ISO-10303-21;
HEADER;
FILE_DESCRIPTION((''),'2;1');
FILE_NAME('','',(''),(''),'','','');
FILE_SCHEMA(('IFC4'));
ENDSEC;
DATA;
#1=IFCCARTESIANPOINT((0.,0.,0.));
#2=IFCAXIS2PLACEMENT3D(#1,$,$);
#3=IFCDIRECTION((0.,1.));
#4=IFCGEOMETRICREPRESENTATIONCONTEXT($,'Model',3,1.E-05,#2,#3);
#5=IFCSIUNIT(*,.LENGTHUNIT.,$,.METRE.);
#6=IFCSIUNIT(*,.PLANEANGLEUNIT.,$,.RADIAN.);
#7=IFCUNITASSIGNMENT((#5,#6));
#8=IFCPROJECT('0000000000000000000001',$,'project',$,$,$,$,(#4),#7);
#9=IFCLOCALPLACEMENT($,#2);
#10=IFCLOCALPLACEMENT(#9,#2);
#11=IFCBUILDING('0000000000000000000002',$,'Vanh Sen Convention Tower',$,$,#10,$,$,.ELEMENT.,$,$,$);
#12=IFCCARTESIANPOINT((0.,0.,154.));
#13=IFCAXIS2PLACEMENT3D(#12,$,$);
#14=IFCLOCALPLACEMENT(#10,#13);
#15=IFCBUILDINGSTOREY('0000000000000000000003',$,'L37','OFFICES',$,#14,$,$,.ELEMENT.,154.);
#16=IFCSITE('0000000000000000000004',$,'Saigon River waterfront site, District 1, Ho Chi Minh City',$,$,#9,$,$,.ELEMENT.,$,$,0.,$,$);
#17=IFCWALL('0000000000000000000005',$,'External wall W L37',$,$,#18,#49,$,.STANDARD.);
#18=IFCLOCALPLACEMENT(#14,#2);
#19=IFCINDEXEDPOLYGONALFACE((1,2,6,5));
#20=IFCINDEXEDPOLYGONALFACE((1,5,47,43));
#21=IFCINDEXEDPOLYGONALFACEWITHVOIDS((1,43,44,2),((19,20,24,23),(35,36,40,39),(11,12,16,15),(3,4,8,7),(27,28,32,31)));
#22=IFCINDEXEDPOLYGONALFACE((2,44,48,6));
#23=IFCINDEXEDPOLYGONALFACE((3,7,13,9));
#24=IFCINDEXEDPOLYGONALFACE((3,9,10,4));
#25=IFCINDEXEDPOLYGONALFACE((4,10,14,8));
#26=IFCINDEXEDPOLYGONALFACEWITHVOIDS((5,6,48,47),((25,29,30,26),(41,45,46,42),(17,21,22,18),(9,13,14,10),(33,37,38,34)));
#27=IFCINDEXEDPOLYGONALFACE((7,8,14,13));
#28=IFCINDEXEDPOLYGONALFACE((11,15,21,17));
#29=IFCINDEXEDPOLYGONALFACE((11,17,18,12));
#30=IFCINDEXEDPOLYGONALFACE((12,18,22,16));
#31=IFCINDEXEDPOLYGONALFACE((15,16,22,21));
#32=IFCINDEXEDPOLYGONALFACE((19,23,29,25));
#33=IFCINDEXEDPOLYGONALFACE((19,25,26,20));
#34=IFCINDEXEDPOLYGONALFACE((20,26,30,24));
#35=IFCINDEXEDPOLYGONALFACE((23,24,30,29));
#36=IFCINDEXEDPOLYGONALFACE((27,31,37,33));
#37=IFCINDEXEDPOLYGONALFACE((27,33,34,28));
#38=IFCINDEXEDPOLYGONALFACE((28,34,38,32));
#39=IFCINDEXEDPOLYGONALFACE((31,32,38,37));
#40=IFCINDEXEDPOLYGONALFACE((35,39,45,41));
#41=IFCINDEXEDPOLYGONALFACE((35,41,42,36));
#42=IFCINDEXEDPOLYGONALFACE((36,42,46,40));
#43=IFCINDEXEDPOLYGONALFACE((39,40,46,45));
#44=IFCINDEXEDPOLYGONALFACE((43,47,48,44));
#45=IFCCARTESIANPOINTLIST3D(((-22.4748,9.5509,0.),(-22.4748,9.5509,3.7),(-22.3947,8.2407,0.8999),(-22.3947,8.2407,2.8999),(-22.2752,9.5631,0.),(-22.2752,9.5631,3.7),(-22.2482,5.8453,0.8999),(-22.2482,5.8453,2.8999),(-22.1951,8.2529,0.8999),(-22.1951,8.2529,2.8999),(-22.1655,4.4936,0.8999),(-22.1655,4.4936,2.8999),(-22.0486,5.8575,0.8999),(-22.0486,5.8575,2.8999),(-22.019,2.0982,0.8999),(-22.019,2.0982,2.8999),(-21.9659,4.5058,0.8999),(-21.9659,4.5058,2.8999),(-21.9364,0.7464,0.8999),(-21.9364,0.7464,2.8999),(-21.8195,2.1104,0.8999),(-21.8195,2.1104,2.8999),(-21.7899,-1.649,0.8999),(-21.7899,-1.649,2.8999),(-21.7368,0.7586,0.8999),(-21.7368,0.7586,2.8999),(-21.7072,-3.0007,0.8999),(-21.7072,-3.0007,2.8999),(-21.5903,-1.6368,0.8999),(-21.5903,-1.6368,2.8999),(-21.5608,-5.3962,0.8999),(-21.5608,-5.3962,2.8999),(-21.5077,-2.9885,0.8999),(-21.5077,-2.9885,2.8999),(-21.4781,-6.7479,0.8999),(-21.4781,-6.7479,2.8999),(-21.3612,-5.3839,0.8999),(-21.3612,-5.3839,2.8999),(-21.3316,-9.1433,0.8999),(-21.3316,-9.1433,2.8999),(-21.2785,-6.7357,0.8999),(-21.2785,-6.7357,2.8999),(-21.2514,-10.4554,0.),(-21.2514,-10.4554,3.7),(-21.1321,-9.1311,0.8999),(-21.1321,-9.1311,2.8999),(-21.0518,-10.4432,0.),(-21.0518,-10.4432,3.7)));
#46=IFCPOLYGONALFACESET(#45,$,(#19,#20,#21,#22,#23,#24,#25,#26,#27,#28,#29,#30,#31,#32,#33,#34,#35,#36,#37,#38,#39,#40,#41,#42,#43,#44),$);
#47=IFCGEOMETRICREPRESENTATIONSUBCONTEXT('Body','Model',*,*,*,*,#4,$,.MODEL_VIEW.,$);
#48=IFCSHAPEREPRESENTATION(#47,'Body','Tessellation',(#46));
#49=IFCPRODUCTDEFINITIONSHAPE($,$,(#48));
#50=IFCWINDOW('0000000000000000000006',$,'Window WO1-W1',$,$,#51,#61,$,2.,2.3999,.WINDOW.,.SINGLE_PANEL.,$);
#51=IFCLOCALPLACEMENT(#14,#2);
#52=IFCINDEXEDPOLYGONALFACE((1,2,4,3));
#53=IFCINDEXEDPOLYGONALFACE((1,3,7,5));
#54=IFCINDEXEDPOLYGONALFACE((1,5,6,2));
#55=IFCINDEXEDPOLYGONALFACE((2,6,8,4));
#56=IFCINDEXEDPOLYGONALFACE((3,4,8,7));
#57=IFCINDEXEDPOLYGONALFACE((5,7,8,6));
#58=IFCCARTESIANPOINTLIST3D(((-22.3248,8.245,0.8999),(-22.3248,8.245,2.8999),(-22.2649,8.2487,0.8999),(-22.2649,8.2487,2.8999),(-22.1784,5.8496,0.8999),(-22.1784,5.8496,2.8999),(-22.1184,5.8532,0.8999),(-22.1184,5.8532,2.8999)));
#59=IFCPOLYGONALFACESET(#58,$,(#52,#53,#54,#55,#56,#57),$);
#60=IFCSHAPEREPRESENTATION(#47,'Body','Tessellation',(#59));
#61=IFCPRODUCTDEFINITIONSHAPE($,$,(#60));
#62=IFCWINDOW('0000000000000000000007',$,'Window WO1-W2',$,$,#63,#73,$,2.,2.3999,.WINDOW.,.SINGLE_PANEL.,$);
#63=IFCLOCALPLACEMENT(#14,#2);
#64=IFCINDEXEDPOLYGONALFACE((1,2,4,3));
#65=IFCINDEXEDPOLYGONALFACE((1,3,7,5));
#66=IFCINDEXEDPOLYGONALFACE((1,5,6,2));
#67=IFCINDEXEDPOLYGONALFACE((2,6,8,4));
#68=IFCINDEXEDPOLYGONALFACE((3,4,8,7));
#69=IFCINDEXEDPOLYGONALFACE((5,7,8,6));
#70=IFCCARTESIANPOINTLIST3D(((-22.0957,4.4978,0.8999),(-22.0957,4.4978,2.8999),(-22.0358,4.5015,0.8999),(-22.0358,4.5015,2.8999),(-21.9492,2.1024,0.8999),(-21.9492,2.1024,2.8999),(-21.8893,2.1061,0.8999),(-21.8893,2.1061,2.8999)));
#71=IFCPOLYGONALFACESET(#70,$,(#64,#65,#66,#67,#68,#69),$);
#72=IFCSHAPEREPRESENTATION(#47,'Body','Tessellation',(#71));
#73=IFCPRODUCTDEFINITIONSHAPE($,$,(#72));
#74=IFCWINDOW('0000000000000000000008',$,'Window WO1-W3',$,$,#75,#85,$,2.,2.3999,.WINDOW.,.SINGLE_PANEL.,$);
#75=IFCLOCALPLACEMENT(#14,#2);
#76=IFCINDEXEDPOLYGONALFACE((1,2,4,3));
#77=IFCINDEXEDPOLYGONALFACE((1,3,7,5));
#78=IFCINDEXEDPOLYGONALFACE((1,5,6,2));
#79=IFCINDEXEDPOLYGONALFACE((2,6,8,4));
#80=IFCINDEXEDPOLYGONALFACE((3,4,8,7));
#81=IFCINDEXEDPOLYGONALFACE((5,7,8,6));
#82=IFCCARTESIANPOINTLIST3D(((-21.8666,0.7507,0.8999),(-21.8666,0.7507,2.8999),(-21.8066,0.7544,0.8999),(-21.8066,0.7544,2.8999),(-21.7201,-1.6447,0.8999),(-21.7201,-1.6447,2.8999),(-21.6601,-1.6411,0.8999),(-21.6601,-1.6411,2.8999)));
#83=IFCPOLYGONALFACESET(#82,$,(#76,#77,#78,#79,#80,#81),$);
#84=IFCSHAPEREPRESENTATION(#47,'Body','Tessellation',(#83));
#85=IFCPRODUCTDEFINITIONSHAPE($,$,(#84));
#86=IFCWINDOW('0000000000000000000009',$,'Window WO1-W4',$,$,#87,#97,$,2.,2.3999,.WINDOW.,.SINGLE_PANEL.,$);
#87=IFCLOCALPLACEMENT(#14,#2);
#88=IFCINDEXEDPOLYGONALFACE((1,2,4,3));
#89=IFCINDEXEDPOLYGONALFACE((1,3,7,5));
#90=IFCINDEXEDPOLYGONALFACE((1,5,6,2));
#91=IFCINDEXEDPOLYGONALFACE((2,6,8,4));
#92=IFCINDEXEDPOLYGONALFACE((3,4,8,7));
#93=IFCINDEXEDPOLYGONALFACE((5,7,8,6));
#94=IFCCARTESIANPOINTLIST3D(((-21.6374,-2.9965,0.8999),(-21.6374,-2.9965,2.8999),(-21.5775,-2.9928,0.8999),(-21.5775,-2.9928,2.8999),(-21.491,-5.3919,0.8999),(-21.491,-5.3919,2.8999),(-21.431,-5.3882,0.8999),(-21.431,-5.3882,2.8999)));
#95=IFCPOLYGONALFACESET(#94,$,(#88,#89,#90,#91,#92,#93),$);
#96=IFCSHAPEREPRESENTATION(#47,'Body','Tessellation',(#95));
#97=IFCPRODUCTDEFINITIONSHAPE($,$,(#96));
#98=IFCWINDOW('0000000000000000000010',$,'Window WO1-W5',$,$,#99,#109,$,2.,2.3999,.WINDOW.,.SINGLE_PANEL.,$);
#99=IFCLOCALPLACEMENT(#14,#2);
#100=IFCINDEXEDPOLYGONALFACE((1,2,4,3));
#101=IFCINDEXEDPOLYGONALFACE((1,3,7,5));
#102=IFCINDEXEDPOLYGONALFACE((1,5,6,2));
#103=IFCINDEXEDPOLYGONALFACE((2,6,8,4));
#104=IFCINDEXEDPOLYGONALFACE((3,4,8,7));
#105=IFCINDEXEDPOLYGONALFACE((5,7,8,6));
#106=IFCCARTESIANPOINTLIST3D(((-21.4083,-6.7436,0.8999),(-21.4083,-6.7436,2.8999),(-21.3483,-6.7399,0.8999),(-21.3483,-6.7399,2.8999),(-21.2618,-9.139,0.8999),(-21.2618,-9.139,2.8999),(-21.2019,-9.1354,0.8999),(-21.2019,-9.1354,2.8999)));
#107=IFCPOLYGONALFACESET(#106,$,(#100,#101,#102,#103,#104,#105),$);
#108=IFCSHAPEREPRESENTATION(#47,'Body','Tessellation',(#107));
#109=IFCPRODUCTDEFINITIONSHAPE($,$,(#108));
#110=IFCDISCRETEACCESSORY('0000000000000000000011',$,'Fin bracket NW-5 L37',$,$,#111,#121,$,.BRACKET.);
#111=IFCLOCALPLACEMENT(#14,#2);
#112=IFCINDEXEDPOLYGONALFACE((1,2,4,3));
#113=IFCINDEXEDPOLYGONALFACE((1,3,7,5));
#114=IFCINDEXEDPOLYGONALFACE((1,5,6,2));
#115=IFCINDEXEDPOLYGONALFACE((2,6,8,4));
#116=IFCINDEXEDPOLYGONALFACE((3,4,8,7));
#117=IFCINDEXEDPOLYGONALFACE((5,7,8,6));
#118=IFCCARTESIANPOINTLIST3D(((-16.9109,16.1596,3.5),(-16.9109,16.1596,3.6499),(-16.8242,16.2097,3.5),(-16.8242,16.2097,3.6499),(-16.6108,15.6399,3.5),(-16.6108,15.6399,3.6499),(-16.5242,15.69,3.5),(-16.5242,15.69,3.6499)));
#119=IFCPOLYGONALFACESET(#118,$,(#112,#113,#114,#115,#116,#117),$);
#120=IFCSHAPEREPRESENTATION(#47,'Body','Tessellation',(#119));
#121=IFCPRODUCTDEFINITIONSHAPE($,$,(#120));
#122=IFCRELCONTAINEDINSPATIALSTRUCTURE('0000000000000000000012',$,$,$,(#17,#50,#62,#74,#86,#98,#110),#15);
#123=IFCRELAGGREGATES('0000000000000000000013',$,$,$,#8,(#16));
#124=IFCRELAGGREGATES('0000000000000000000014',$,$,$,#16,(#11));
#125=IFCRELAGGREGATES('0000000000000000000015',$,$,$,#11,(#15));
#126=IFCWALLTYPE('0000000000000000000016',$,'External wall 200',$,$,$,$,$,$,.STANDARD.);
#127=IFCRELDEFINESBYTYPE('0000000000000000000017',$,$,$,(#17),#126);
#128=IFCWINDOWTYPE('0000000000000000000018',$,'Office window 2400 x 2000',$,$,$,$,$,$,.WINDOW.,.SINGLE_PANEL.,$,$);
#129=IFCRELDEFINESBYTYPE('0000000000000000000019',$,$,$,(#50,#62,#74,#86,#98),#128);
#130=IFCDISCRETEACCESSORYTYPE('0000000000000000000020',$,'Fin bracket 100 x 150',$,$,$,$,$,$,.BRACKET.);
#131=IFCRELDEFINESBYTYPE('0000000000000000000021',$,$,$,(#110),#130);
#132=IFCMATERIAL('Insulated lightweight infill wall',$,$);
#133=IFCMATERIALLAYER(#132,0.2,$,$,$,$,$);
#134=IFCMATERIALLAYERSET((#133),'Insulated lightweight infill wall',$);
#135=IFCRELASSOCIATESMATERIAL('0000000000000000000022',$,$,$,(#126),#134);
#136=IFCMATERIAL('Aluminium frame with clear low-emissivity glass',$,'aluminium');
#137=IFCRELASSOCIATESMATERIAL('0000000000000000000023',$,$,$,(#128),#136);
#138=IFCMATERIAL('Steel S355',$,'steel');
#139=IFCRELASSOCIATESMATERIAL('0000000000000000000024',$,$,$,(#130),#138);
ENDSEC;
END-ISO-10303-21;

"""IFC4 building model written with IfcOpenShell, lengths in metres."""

from ifc_helpers import new_model, si_unit, direction, frame, frame_2d, origin, origin_2d, place, context, subcontext, project, spatial, rectangle, extrude, material, layer, layer_set, type_object, element, fill, save


model = new_model("IFC4")

# Units and contexts
model_context = context("Model", 3, precision=1e-05, world=origin(), true_north=direction((0.0, 1.0)))
body_context = subcontext(model_context, "Body", "Model", "MODEL_VIEW")
ifc_project = project(units=[si_unit("LENGTHUNIT", "METRE"), si_unit("PLANEANGLEUNIT", "RADIAN")], contexts=[model_context])

# Site, building, storey
site_placement = place(None, origin())
site = spatial("IfcSite", under=ifc_project, at=site_placement, Name="Saigon River waterfront site, District 1, Ho Chi Minh City", CompositionType="ELEMENT", RefElevation=0.0)
building_placement = place(site_placement, origin())
building = spatial("IfcBuilding", under=site, at=building_placement, Name="Vanh Sen Convention Tower", CompositionType="ELEMENT")
storey_placement = place(building_placement, frame((0.0, 0.0, 154.0)))
storey = spatial("IfcBuildingStorey", under=building, at=storey_placement, Name="L37", Description="OFFICES", CompositionType="ELEMENT", Elevation=154.0)

# Shared definitions
ifc_material_1 = material(Name="Insulated lightweight infill wall")
ifc_layer_1 = layer(ifc_material_1, 0.2)
ifc_layer_set_1 = layer_set([ifc_layer_1], Name="Insulated lightweight infill wall")
wall_type_1 = type_object("IfcWallType", Name="External wall 200", PredefinedType="STANDARD", material=ifc_layer_set_1)
ifc_material_2 = material(Name="Aluminium frame with clear low-emissivity glass", Category="aluminium")

# Wall, openings, windows
wall_1_placement = place(storey_placement, frame((-22.375, 9.5571, 0.0), z_axis=(0.0, 0.0, 1.0), x_axis=(0.061036, -0.998136, 0.0)))
wall_1 = element("IfcWall", 1, at=wall_1_placement, inside=storey, type_object=wall_type_1, Name="External wall W L37", PredefinedType="STANDARD", context=body_context, shape_type="SweptSolid", body=[
    extrude(rectangle(XDim=20.0437, YDim=0.2, at=frame_2d((10.022, 0.0))), origin(), (0.0, 0.0, 1.0), 3.7),
])
opening_1_placement = place(wall_1_placement, frame((1.3127, 0.0, 0.8999)))
opening_1 = element("IfcOpeningElement", 2, at=opening_1_placement, cuts=wall_1, PredefinedType="OPENING", context=body_context, shape_type="SweptSolid", body=[
    extrude(rectangle(XDim=2.3999, YDim=2.0, at=frame_2d((1.2, 1.0))), frame((0.0, 0.1099, 0.0), z_axis=(0.0, -1.0, 0.0), x_axis=(1.0, 0.0, 0.0)), (0.0, 0.0, 1.0), 0.22),
])
opening_2_placement = place(wall_1_placement, frame((5.0669, 0.0, 0.8999)))
opening_2 = element("IfcOpeningElement", 3, at=opening_2_placement, cuts=wall_1, PredefinedType="OPENING", context=body_context, shape_type="SweptSolid", body=[
    extrude(rectangle(XDim=2.3999, YDim=2.0, at=frame_2d((1.2, 1.0))), frame((0.0, 0.1099, 0.0), z_axis=(0.0, -1.0, 0.0), x_axis=(1.0, 0.0, 0.0)), (0.0, 0.0, 1.0), 0.22),
])
opening_3_placement = place(wall_1_placement, frame((8.821, 0.0, 0.8999)))
opening_3 = element("IfcOpeningElement", 4, at=opening_3_placement, cuts=wall_1, PredefinedType="OPENING", context=body_context, shape_type="SweptSolid", body=[
    extrude(rectangle(XDim=2.3999, YDim=2.0, at=frame_2d((1.2, 1.0))), frame((0.0, 0.1099, 0.0), z_axis=(0.0, -1.0, 0.0), x_axis=(1.0, 0.0, 0.0)), (0.0, 0.0, 1.0), 0.22),
])
opening_4_placement = place(wall_1_placement, frame((12.5752, 0.0, 0.8999)))
opening_4 = element("IfcOpeningElement", 5, at=opening_4_placement, cuts=wall_1, PredefinedType="OPENING", context=body_context, shape_type="SweptSolid", body=[
    extrude(rectangle(XDim=2.3999, YDim=2.0, at=frame_2d((1.2, 1.0))), frame((0.0, 0.1099, 0.0), z_axis=(0.0, -1.0, 0.0), x_axis=(1.0, 0.0, 0.0)), (0.0, 0.0, 1.0), 0.22),
])
opening_5_placement = place(wall_1_placement, frame((16.3293, 0.0, 0.8999)))
opening_5 = element("IfcOpeningElement", 6, at=opening_5_placement, cuts=wall_1, PredefinedType="OPENING", context=body_context, shape_type="SweptSolid", body=[
    extrude(rectangle(XDim=2.3999, YDim=2.0, at=frame_2d((1.2, 1.0))), frame((0.0, 0.1099, 0.0), z_axis=(0.0, -1.0, 0.0), x_axis=(1.0, 0.0, 0.0)), (0.0, 0.0, 1.0), 0.22),
])
window_type_1 = type_object("IfcWindowType", Name="Office window 2400 x 2000", PartitioningType="SINGLE_PANEL", PredefinedType="WINDOW", material=ifc_material_2)
window_1_placement = place(opening_1_placement, origin())
window_1 = element("IfcWindow", 7, at=window_1_placement, inside=storey, type_object=window_type_1, Name="Window WO1-W1", OverallHeight=2.0, OverallWidth=2.3999, PartitioningType="SINGLE_PANEL", PredefinedType="WINDOW", context=body_context, shape_type="SweptSolid", body=[
    extrude(rectangle(XDim=2.3999, YDim=2.0, at=frame_2d((1.2, 1.0))), frame((0.0, 0.03, 0.0), z_axis=(0.0, -1.0, 0.0), x_axis=(1.0, 0.0, 0.0)), (0.0, 0.0, 1.0), 0.0601),
])
fill(opening_1, window_1)
window_2_placement = place(opening_2_placement, origin())
window_2 = element("IfcWindow", 8, at=window_2_placement, inside=storey, type_object=window_type_1, Name="Window WO1-W2", OverallHeight=2.0, OverallWidth=2.3999, PartitioningType="SINGLE_PANEL", PredefinedType="WINDOW", context=body_context, shape_type="SweptSolid", body=[
    extrude(rectangle(XDim=2.3999, YDim=2.0, at=frame_2d((1.2, 1.0))), frame((0.0, 0.03, 0.0), z_axis=(0.0, -1.0, 0.0), x_axis=(1.0, 0.0, 0.0)), (0.0, 0.0, 1.0), 0.0601),
])
fill(opening_2, window_2)
window_3_placement = place(opening_3_placement, origin())
window_3 = element("IfcWindow", 9, at=window_3_placement, inside=storey, type_object=window_type_1, Name="Window WO1-W3", OverallHeight=2.0, OverallWidth=2.3999, PartitioningType="SINGLE_PANEL", PredefinedType="WINDOW", context=body_context, shape_type="SweptSolid", body=[
    extrude(rectangle(XDim=2.3999, YDim=2.0, at=frame_2d((1.2, 1.0))), frame((0.0, 0.03, 0.0), z_axis=(0.0, -1.0, 0.0), x_axis=(1.0, 0.0, 0.0)), (0.0, 0.0, 1.0), 0.0601),
])
fill(opening_3, window_3)
window_4_placement = place(opening_4_placement, origin())
window_4 = element("IfcWindow", 10, at=window_4_placement, inside=storey, type_object=window_type_1, Name="Window WO1-W4", OverallHeight=2.0, OverallWidth=2.3999, PartitioningType="SINGLE_PANEL", PredefinedType="WINDOW", context=body_context, shape_type="SweptSolid", body=[
    extrude(rectangle(XDim=2.3999, YDim=2.0, at=frame_2d((1.2, 1.0))), frame((0.0, 0.03, 0.0), z_axis=(0.0, -1.0, 0.0), x_axis=(1.0, 0.0, 0.0)), (0.0, 0.0, 1.0), 0.0601),
])
fill(opening_4, window_4)
window_5_placement = place(opening_5_placement, origin())
window_5 = element("IfcWindow", 11, at=window_5_placement, inside=storey, type_object=window_type_1, Name="Window WO1-W5", OverallHeight=2.0, OverallWidth=2.3999, PartitioningType="SINGLE_PANEL", PredefinedType="WINDOW", context=body_context, shape_type="SweptSolid", body=[
    extrude(rectangle(XDim=2.3999, YDim=2.0, at=frame_2d((1.2, 1.0))), frame((0.0, 0.03, 0.0), z_axis=(0.0, -1.0, 0.0), x_axis=(1.0, 0.0, 0.0)), (0.0, 0.0, 1.0), 0.0601),
])
fill(opening_5, window_5)

# Discrete accessory
ifc_material_3 = material(Name="Steel S355", Category="steel")
discrete_accessory_type = type_object("IfcDiscreteAccessoryType", Name="Fin bracket 100 x 150", PredefinedType="BRACKET", material=ifc_material_3)
discrete_accessory_placement = place(storey_placement, frame((-16.7175, 15.9248, 3.5), z_axis=(0.0, 0.0, 1.0), x_axis=(-0.5, 0.866025, 0.0)))
element("IfcDiscreteAccessory", 12, at=discrete_accessory_placement, inside=storey, type_object=discrete_accessory_type, Name="Fin bracket NW-5 L37", PredefinedType="BRACKET", context=body_context, shape_type="SweptSolid", body=[
    extrude(rectangle(XDim=0.6001, YDim=0.1001, at=origin_2d()), origin(), (0.0, 0.0, 1.0), 0.1499),
])

save(model, "model.ifc")
